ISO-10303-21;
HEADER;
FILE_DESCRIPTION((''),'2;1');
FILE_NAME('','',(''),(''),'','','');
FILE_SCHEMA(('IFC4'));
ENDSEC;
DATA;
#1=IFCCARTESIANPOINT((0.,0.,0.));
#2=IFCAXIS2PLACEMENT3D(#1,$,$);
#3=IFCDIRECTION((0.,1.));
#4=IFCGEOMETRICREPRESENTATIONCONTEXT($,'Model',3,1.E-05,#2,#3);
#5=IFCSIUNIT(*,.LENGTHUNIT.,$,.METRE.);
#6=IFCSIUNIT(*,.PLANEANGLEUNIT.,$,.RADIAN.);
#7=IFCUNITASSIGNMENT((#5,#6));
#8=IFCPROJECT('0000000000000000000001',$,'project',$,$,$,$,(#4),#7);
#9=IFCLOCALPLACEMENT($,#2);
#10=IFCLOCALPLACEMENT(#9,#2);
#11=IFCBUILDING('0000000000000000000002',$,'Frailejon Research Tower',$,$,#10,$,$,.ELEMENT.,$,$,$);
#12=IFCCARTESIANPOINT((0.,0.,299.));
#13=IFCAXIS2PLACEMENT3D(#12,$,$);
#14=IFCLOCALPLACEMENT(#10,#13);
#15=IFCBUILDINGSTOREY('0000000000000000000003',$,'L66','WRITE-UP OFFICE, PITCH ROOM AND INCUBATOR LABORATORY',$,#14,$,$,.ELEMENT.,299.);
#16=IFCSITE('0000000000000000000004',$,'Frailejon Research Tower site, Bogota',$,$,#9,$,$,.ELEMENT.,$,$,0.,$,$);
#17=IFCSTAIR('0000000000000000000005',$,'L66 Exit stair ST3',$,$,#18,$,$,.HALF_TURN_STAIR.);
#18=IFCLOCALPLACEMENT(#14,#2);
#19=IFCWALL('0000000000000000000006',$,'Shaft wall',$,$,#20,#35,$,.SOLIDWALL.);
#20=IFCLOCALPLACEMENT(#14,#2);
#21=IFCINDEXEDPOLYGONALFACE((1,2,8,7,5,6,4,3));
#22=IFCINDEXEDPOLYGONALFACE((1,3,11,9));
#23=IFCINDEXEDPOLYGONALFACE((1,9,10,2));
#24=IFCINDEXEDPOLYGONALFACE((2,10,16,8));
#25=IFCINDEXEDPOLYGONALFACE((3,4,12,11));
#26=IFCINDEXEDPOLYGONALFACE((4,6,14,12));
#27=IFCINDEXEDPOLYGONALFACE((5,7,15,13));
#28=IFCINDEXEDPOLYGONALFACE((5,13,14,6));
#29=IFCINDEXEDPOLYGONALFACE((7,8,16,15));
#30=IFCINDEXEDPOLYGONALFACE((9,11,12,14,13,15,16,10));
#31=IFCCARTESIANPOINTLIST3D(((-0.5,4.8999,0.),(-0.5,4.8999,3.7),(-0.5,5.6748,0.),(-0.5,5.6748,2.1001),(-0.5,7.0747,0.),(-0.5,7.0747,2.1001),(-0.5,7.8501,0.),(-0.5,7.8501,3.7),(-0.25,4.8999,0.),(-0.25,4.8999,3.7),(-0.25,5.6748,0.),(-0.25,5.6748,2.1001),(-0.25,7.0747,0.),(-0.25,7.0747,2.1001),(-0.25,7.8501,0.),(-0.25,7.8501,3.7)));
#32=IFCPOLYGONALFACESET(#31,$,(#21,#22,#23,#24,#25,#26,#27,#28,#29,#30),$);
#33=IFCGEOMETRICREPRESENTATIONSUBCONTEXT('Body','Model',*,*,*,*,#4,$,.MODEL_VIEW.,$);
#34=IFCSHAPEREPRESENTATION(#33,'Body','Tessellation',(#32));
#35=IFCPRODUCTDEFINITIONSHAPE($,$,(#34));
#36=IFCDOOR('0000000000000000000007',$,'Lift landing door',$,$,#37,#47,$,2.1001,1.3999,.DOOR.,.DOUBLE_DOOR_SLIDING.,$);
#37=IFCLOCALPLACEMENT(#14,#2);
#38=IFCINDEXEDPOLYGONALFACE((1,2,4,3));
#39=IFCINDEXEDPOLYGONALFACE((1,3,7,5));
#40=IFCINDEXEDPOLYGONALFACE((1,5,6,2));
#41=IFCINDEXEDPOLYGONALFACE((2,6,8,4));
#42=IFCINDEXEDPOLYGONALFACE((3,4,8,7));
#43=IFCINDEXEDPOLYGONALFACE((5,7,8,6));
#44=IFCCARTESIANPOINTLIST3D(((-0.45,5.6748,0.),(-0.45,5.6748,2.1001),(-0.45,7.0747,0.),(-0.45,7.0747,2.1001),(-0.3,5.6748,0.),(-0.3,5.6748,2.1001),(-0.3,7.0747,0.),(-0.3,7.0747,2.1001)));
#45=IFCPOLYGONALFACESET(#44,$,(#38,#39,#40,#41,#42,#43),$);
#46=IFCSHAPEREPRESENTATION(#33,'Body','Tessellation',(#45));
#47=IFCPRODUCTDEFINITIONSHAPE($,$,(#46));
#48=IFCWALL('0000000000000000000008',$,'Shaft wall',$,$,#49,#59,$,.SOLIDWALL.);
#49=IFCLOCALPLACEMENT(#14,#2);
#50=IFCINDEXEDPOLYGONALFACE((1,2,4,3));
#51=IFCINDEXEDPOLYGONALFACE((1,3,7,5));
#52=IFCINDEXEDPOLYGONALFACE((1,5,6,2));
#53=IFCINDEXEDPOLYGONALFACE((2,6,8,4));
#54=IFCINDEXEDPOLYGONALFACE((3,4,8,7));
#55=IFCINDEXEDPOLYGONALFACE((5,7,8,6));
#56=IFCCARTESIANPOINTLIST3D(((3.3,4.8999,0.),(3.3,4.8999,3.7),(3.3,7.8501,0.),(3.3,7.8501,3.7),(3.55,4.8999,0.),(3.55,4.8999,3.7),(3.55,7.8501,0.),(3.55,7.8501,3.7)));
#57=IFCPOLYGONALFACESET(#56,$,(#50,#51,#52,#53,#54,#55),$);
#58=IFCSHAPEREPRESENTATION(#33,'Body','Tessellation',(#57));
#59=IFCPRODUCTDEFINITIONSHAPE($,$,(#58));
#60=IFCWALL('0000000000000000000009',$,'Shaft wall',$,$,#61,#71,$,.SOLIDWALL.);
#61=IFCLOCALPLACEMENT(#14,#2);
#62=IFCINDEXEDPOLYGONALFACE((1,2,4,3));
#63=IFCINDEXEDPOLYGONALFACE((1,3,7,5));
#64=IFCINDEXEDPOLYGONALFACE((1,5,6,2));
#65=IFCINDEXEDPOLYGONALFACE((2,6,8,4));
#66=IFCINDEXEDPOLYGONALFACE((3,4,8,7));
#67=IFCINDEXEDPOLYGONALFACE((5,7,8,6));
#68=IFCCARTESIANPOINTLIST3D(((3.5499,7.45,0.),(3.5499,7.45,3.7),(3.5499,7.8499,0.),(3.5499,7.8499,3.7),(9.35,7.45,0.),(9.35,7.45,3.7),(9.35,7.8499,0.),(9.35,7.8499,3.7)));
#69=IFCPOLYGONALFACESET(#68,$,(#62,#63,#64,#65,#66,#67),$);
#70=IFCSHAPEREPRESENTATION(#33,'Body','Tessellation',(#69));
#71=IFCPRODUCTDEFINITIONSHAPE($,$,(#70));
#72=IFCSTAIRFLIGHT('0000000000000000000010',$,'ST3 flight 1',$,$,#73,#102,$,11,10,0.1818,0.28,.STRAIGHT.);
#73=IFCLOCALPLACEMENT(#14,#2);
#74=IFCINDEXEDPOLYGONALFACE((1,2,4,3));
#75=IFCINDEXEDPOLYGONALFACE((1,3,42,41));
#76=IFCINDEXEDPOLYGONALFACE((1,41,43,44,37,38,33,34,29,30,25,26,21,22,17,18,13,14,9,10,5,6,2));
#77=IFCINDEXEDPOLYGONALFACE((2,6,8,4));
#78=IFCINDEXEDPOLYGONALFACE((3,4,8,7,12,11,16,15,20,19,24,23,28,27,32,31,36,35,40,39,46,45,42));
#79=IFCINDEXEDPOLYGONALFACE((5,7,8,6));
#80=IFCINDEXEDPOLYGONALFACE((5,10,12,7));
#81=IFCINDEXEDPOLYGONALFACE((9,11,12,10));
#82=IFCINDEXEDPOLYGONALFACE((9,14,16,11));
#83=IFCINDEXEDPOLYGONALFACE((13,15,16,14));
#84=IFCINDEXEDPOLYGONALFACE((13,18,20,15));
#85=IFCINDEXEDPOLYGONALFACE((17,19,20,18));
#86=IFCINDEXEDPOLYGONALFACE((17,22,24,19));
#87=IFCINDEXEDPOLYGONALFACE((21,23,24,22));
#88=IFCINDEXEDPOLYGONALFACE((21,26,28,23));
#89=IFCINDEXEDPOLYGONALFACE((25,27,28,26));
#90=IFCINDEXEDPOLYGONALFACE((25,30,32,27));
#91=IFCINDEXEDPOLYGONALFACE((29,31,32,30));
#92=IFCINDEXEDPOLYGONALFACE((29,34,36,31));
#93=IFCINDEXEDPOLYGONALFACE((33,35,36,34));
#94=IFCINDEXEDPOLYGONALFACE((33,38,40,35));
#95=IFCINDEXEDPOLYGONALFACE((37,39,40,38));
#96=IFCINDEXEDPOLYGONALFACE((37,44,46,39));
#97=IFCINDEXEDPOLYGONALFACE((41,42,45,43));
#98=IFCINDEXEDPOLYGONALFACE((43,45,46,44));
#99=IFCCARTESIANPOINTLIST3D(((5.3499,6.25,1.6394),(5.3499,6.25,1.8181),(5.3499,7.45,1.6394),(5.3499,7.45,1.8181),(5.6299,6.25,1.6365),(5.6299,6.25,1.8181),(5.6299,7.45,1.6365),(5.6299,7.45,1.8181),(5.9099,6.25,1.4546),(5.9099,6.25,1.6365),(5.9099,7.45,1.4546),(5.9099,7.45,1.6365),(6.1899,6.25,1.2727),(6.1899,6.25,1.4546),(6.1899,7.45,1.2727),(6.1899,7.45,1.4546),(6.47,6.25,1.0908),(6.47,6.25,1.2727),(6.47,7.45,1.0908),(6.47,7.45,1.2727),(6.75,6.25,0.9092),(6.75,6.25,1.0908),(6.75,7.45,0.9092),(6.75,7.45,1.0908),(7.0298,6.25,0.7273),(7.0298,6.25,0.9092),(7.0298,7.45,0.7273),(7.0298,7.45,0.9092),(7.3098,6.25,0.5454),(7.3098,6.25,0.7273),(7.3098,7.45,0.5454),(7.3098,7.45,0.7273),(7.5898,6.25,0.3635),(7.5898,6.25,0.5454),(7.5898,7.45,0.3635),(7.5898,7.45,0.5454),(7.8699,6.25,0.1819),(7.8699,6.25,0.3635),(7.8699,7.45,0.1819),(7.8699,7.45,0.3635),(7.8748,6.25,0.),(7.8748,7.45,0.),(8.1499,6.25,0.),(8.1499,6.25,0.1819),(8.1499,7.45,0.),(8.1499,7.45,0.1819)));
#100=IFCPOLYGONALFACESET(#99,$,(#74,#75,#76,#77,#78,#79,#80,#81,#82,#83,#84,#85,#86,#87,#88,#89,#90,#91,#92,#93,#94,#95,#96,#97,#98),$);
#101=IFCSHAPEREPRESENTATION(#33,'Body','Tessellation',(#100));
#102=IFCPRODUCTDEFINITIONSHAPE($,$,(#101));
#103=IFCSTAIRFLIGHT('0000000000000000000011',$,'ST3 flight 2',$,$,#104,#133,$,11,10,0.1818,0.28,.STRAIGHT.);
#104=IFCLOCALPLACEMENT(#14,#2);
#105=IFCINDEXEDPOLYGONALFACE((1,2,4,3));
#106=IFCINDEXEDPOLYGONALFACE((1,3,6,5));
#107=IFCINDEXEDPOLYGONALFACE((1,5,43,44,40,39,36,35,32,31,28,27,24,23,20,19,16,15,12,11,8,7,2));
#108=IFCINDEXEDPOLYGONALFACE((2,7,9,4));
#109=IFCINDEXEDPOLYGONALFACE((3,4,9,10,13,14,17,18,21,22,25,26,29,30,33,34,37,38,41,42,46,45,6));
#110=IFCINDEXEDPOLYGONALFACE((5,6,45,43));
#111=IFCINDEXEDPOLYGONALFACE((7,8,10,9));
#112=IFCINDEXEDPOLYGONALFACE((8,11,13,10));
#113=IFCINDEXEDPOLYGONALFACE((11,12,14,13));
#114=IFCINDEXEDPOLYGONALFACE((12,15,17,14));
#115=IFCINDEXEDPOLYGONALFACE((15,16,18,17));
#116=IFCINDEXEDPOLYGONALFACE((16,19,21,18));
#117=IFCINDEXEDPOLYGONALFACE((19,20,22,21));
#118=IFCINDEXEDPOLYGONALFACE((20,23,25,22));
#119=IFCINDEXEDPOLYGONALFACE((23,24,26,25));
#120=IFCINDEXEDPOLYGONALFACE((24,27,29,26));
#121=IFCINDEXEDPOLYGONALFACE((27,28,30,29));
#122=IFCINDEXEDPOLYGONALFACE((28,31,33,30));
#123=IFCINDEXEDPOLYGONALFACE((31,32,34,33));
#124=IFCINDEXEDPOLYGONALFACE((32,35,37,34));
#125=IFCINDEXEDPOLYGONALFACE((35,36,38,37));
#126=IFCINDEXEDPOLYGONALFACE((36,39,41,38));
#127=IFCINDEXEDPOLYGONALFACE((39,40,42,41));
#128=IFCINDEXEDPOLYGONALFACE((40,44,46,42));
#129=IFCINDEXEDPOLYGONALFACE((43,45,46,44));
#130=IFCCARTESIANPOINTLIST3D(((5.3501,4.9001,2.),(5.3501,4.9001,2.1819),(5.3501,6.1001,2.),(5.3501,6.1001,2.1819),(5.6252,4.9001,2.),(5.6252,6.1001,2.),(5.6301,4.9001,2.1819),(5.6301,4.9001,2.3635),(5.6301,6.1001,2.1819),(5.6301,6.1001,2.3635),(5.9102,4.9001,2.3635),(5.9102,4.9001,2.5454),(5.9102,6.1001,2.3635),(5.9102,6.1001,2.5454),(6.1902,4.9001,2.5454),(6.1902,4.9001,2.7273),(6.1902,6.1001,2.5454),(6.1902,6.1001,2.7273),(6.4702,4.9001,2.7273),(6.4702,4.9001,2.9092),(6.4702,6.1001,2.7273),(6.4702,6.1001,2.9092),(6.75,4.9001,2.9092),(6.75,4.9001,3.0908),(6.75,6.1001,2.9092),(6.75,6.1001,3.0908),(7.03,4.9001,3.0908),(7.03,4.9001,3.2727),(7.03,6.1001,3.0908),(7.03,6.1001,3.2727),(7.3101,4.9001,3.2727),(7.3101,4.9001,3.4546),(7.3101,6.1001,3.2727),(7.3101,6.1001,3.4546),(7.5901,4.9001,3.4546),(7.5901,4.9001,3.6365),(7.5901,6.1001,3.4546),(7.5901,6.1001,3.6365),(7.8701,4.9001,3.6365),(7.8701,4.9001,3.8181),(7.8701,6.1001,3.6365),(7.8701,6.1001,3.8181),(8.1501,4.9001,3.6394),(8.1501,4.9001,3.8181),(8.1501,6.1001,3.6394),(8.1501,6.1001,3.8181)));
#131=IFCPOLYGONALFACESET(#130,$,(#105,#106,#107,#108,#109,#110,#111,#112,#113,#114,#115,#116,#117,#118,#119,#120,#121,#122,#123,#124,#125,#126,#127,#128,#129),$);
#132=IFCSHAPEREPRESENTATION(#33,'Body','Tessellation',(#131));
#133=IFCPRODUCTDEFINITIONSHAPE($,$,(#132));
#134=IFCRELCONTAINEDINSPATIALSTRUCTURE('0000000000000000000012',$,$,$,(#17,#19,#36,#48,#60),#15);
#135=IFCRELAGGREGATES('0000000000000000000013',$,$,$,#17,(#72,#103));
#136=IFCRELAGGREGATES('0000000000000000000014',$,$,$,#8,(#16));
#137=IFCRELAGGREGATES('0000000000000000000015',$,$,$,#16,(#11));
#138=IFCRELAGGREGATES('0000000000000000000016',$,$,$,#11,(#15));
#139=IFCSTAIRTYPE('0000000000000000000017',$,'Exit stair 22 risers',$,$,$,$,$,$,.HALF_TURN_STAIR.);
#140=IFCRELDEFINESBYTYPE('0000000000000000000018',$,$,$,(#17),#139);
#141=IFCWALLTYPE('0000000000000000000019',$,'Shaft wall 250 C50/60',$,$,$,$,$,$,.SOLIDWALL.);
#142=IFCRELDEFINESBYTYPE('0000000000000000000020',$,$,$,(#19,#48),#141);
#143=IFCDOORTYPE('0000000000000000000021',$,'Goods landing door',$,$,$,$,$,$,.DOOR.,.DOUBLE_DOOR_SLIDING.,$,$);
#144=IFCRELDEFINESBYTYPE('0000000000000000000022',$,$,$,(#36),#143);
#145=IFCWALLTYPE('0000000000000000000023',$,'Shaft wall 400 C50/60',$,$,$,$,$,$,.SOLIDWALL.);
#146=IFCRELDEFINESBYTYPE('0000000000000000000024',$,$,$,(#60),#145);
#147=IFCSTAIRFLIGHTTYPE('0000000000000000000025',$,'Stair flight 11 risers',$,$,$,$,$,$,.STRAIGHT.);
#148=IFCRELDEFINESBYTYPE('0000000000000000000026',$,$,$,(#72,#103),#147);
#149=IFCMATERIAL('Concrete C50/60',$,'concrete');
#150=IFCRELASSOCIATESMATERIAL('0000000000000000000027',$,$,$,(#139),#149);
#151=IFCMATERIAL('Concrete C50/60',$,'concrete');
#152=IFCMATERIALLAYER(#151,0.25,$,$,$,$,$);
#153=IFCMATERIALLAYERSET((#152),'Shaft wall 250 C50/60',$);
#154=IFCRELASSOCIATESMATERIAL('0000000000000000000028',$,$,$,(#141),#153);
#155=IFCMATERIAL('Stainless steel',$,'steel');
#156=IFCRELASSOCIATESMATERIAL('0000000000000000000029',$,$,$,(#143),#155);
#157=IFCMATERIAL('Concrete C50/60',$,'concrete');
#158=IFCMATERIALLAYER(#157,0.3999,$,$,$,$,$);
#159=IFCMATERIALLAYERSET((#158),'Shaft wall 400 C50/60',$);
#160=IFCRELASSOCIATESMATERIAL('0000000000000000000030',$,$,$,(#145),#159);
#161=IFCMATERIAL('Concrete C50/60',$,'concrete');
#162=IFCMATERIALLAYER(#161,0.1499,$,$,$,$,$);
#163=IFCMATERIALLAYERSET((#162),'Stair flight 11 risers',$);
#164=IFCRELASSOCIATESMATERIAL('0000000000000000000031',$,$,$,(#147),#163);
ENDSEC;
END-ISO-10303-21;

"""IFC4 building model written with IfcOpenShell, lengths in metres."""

from ifc_helpers import new_model, si_unit, direction, frame, frame_2d, origin, place, context, subcontext, project, spatial, polyline, rectangle, outline, extrude, material, layer, layer_set, type_object, element, fill, aggregate, save


model = new_model("IFC4")

# Units and contexts
model_context = context("Model", 3, precision=1e-05, world=origin(), true_north=direction((0.0, 1.0)))
body_context = subcontext(model_context, "Body", "Model", "MODEL_VIEW")
ifc_project = project(units=[si_unit("LENGTHUNIT", "METRE"), si_unit("PLANEANGLEUNIT", "RADIAN")], contexts=[model_context])

# Site, building, storey
site_placement = place(None, origin())
site = spatial("IfcSite", under=ifc_project, at=site_placement, Name="Frailejon Research Tower site, Bogota", CompositionType="ELEMENT", RefElevation=0.0)
building_placement = place(site_placement, origin())
building = spatial("IfcBuilding", under=site, at=building_placement, Name="Frailejon Research Tower", CompositionType="ELEMENT")
storey_placement = place(building_placement, frame((0.0, 0.0, 299.0)))
storey = spatial("IfcBuildingStorey", under=building, at=storey_placement, Name="L66", Description="WRITE-UP OFFICE, PITCH ROOM AND INCUBATOR LABORATORY", CompositionType="ELEMENT", Elevation=299.0)

# Stair
ifc_material_1 = material(Name="Concrete C50/60", Category="concrete")
stair_type = type_object("IfcStairType", Name="Exit stair 22 risers", PredefinedType="HALF_TURN_STAIR", material=ifc_material_1)
stair_1_placement = place(storey_placement, origin())
stair_1 = element("IfcStair", 1, at=stair_1_placement, inside=storey, type_object=stair_type, Name="L66 Exit stair ST3", PredefinedType="HALF_TURN_STAIR")

# Wall, opening, door
ifc_material_2 = material(Name="Concrete C50/60", Category="concrete")
ifc_layer_1 = layer(ifc_material_2, 0.25)
ifc_layer_set_1 = layer_set([ifc_layer_1], Name="Shaft wall 250 C50/60")
wall_type_1 = type_object("IfcWallType", Name="Shaft wall 250 C50/60", PredefinedType="SOLIDWALL", material=ifc_layer_set_1)
wall_1_placement = place(storey_placement, frame((-0.375, 4.8999, 0.0), z_axis=(0.0, 0.0, 1.0), x_axis=(0.0, 1.0, 0.0)))
wall_1 = element("IfcWall", 2, at=wall_1_placement, inside=storey, type_object=wall_type_1, Name="Shaft wall", PredefinedType="SOLIDWALL", context=body_context, shape_type="SweptSolid", body=[
    extrude(rectangle(XDim=2.9502, YDim=0.25, at=frame_2d((1.4751, 0.0))), origin(), (0.0, 0.0, 1.0), 3.7),
])
opening_1_placement = place(wall_1_placement, frame((0.7749, 0.0, 0.0)))
opening_1 = element("IfcOpeningElement", 3, at=opening_1_placement, cuts=wall_1, PredefinedType="OPENING", context=body_context, shape_type="SweptSolid", body=[
    extrude(rectangle(XDim=1.3999, YDim=2.1001, at=frame_2d((0.7, 1.05))), frame((0.0, 0.135, 0.0), z_axis=(0.0, -1.0, 0.0), x_axis=(1.0, 0.0, 0.0)), (0.0, 0.0, 1.0), 0.27),
])
ifc_material_3 = material(Name="Stainless steel", Category="steel")
door_type_1 = type_object("IfcDoorType", Name="Goods landing door", OperationType="DOUBLE_DOOR_SLIDING", PredefinedType="DOOR", material=ifc_material_3)
door_1_placement = place(opening_1_placement, origin())
door_1 = element("IfcDoor", 4, at=door_1_placement, inside=storey, type_object=door_type_1, Name="Lift landing door", OperationType="DOUBLE_DOOR_SLIDING", OverallHeight=2.1001, OverallWidth=1.3999, PredefinedType="DOOR", context=body_context, shape_type="SweptSolid", body=[
    extrude(rectangle(XDim=1.3999, YDim=2.1001, at=frame_2d((0.7, 1.05))), frame((0.0, 0.075, 0.0), z_axis=(0.0, -1.0, 0.0), x_axis=(1.0, 0.0, 0.0)), (0.0, 0.0, 1.0), 0.1499),
])
fill(opening_1, door_1)

# Walls
wall_2_placement = place(storey_placement, frame((3.425, 4.8999, 0.0), z_axis=(0.0, 0.0, 1.0), x_axis=(0.0, 1.0, 0.0)))
element("IfcWall", 5, at=wall_2_placement, inside=storey, type_object=wall_type_1, Name="Shaft wall", PredefinedType="SOLIDWALL", context=body_context, shape_type="SweptSolid", body=[
    extrude(rectangle(XDim=2.9502, YDim=0.25, at=frame_2d((1.4751, 0.0))), origin(), (0.0, 0.0, 1.0), 3.7),
])
ifc_material_4 = material(Name="Concrete C50/60", Category="concrete")
ifc_layer_2 = layer(ifc_material_4, 0.3999)
ifc_layer_set_2 = layer_set([ifc_layer_2], Name="Shaft wall 400 C50/60")
wall_type_2 = type_object("IfcWallType", Name="Shaft wall 400 C50/60", PredefinedType="SOLIDWALL", material=ifc_layer_set_2)
wall_3_placement = place(storey_placement, frame((3.55, 7.6499, 0.0), z_axis=(0.0, 0.0, 1.0), x_axis=(1.0, 0.0, 0.0)))
element("IfcWall", 6, at=wall_3_placement, inside=storey, type_object=wall_type_2, Name="Shaft wall", PredefinedType="SOLIDWALL", context=body_context, shape_type="SweptSolid", body=[
    extrude(rectangle(XDim=5.8, YDim=0.3999, at=frame_2d((2.8999, 0.0))), origin(), (0.0, 0.0, 1.0), 3.7),
])

# Stair flights
ifc_material_5 = material(Name="Concrete C50/60", Category="concrete")
ifc_layer_3 = layer(ifc_material_5, 0.1499)
ifc_layer_set_3 = layer_set([ifc_layer_3], Name="Stair flight 11 risers")
stair_flight_type = type_object("IfcStairFlightType", Name="Stair flight 11 risers", PredefinedType="STRAIGHT", material=ifc_layer_set_3)
stair_flight_1_placement = place(storey_placement, frame((8.1499, 6.8501, 0.0), z_axis=(0.0, 0.0, 1.0), x_axis=(-1.0, 0.0, 0.0)))
stair_flight_1 = element("IfcStairFlight", 7, at=stair_flight_1_placement, type_object=stair_flight_type, Name="ST3 flight 1", NumberOfRisers=11, NumberOfTreads=10, PredefinedType="STRAIGHT", RiserHeight=0.1818, TreadLength=0.28, context=body_context, shape_type="SweptSolid", body=[
    extrude(outline(polyline([(0.0, 0.0), (0.0, 0.1819), (0.28, 0.1819), (0.28, 0.3635), (0.5601, 0.3635), (0.5601, 0.5454), (0.8401, 0.5454), (0.8401, 0.7273), (1.1201, 0.7273), (1.1201, 0.9092), (1.3999, 0.9092), (1.3999, 1.0908), (1.6799, 1.0908), (1.6799, 1.2727), (1.96, 1.2727), (1.96, 1.4546), (2.24, 1.4546), (2.24, 1.6365), (2.52, 1.6365), (2.52, 1.8181), (2.8, 1.8181), (2.8, 2.0), (2.8, 1.6394), (0.2751, 0.0), (0.0, 0.0)])), frame((0.0, 0.6001, 0.0), z_axis=(0.0, -1.0, 0.0), x_axis=(1.0, 0.0, 0.0)), (0.0, 0.0, 1.0), 1.2),
])
stair_flight_2_placement = place(storey_placement, frame((5.3501, 5.5, 2.0), z_axis=(0.0, 0.0, 1.0), x_axis=(1.0, 0.0, 0.0)))
stair_flight_2 = element("IfcStairFlight", 8, at=stair_flight_2_placement, type_object=stair_flight_type, Name="ST3 flight 2", NumberOfRisers=11, NumberOfTreads=10, PredefinedType="STRAIGHT", RiserHeight=0.1818, TreadLength=0.28, context=body_context, shape_type="SweptSolid", body=[
    extrude(outline(polyline([(0.0, 0.0), (0.0, 0.1819), (0.28, 0.1819), (0.28, 0.3635), (0.5601, 0.3635), (0.5601, 0.5454), (0.8401, 0.5454), (0.8401, 0.7273), (1.1201, 0.7273), (1.1201, 0.9092), (1.3999, 0.9092), (1.3999, 1.0908), (1.6799, 1.0908), (1.6799, 1.2727), (1.96, 1.2727), (1.96, 1.4546), (2.24, 1.4546), (2.24, 1.6365), (2.52, 1.6365), (2.52, 1.8181), (2.8, 1.8181), (2.8, 2.0), (2.8, 1.6394), (0.2751, 0.0), (0.0, 0.0)])), frame((0.0, 0.6001, 0.0), z_axis=(0.0, -1.0, 0.0), x_axis=(1.0, 0.0, 0.0)), (0.0, 0.0, 1.0), 1.2),
])
aggregate(stair_1, [stair_flight_1, stair_flight_2])

save(model, "model.ifc")
